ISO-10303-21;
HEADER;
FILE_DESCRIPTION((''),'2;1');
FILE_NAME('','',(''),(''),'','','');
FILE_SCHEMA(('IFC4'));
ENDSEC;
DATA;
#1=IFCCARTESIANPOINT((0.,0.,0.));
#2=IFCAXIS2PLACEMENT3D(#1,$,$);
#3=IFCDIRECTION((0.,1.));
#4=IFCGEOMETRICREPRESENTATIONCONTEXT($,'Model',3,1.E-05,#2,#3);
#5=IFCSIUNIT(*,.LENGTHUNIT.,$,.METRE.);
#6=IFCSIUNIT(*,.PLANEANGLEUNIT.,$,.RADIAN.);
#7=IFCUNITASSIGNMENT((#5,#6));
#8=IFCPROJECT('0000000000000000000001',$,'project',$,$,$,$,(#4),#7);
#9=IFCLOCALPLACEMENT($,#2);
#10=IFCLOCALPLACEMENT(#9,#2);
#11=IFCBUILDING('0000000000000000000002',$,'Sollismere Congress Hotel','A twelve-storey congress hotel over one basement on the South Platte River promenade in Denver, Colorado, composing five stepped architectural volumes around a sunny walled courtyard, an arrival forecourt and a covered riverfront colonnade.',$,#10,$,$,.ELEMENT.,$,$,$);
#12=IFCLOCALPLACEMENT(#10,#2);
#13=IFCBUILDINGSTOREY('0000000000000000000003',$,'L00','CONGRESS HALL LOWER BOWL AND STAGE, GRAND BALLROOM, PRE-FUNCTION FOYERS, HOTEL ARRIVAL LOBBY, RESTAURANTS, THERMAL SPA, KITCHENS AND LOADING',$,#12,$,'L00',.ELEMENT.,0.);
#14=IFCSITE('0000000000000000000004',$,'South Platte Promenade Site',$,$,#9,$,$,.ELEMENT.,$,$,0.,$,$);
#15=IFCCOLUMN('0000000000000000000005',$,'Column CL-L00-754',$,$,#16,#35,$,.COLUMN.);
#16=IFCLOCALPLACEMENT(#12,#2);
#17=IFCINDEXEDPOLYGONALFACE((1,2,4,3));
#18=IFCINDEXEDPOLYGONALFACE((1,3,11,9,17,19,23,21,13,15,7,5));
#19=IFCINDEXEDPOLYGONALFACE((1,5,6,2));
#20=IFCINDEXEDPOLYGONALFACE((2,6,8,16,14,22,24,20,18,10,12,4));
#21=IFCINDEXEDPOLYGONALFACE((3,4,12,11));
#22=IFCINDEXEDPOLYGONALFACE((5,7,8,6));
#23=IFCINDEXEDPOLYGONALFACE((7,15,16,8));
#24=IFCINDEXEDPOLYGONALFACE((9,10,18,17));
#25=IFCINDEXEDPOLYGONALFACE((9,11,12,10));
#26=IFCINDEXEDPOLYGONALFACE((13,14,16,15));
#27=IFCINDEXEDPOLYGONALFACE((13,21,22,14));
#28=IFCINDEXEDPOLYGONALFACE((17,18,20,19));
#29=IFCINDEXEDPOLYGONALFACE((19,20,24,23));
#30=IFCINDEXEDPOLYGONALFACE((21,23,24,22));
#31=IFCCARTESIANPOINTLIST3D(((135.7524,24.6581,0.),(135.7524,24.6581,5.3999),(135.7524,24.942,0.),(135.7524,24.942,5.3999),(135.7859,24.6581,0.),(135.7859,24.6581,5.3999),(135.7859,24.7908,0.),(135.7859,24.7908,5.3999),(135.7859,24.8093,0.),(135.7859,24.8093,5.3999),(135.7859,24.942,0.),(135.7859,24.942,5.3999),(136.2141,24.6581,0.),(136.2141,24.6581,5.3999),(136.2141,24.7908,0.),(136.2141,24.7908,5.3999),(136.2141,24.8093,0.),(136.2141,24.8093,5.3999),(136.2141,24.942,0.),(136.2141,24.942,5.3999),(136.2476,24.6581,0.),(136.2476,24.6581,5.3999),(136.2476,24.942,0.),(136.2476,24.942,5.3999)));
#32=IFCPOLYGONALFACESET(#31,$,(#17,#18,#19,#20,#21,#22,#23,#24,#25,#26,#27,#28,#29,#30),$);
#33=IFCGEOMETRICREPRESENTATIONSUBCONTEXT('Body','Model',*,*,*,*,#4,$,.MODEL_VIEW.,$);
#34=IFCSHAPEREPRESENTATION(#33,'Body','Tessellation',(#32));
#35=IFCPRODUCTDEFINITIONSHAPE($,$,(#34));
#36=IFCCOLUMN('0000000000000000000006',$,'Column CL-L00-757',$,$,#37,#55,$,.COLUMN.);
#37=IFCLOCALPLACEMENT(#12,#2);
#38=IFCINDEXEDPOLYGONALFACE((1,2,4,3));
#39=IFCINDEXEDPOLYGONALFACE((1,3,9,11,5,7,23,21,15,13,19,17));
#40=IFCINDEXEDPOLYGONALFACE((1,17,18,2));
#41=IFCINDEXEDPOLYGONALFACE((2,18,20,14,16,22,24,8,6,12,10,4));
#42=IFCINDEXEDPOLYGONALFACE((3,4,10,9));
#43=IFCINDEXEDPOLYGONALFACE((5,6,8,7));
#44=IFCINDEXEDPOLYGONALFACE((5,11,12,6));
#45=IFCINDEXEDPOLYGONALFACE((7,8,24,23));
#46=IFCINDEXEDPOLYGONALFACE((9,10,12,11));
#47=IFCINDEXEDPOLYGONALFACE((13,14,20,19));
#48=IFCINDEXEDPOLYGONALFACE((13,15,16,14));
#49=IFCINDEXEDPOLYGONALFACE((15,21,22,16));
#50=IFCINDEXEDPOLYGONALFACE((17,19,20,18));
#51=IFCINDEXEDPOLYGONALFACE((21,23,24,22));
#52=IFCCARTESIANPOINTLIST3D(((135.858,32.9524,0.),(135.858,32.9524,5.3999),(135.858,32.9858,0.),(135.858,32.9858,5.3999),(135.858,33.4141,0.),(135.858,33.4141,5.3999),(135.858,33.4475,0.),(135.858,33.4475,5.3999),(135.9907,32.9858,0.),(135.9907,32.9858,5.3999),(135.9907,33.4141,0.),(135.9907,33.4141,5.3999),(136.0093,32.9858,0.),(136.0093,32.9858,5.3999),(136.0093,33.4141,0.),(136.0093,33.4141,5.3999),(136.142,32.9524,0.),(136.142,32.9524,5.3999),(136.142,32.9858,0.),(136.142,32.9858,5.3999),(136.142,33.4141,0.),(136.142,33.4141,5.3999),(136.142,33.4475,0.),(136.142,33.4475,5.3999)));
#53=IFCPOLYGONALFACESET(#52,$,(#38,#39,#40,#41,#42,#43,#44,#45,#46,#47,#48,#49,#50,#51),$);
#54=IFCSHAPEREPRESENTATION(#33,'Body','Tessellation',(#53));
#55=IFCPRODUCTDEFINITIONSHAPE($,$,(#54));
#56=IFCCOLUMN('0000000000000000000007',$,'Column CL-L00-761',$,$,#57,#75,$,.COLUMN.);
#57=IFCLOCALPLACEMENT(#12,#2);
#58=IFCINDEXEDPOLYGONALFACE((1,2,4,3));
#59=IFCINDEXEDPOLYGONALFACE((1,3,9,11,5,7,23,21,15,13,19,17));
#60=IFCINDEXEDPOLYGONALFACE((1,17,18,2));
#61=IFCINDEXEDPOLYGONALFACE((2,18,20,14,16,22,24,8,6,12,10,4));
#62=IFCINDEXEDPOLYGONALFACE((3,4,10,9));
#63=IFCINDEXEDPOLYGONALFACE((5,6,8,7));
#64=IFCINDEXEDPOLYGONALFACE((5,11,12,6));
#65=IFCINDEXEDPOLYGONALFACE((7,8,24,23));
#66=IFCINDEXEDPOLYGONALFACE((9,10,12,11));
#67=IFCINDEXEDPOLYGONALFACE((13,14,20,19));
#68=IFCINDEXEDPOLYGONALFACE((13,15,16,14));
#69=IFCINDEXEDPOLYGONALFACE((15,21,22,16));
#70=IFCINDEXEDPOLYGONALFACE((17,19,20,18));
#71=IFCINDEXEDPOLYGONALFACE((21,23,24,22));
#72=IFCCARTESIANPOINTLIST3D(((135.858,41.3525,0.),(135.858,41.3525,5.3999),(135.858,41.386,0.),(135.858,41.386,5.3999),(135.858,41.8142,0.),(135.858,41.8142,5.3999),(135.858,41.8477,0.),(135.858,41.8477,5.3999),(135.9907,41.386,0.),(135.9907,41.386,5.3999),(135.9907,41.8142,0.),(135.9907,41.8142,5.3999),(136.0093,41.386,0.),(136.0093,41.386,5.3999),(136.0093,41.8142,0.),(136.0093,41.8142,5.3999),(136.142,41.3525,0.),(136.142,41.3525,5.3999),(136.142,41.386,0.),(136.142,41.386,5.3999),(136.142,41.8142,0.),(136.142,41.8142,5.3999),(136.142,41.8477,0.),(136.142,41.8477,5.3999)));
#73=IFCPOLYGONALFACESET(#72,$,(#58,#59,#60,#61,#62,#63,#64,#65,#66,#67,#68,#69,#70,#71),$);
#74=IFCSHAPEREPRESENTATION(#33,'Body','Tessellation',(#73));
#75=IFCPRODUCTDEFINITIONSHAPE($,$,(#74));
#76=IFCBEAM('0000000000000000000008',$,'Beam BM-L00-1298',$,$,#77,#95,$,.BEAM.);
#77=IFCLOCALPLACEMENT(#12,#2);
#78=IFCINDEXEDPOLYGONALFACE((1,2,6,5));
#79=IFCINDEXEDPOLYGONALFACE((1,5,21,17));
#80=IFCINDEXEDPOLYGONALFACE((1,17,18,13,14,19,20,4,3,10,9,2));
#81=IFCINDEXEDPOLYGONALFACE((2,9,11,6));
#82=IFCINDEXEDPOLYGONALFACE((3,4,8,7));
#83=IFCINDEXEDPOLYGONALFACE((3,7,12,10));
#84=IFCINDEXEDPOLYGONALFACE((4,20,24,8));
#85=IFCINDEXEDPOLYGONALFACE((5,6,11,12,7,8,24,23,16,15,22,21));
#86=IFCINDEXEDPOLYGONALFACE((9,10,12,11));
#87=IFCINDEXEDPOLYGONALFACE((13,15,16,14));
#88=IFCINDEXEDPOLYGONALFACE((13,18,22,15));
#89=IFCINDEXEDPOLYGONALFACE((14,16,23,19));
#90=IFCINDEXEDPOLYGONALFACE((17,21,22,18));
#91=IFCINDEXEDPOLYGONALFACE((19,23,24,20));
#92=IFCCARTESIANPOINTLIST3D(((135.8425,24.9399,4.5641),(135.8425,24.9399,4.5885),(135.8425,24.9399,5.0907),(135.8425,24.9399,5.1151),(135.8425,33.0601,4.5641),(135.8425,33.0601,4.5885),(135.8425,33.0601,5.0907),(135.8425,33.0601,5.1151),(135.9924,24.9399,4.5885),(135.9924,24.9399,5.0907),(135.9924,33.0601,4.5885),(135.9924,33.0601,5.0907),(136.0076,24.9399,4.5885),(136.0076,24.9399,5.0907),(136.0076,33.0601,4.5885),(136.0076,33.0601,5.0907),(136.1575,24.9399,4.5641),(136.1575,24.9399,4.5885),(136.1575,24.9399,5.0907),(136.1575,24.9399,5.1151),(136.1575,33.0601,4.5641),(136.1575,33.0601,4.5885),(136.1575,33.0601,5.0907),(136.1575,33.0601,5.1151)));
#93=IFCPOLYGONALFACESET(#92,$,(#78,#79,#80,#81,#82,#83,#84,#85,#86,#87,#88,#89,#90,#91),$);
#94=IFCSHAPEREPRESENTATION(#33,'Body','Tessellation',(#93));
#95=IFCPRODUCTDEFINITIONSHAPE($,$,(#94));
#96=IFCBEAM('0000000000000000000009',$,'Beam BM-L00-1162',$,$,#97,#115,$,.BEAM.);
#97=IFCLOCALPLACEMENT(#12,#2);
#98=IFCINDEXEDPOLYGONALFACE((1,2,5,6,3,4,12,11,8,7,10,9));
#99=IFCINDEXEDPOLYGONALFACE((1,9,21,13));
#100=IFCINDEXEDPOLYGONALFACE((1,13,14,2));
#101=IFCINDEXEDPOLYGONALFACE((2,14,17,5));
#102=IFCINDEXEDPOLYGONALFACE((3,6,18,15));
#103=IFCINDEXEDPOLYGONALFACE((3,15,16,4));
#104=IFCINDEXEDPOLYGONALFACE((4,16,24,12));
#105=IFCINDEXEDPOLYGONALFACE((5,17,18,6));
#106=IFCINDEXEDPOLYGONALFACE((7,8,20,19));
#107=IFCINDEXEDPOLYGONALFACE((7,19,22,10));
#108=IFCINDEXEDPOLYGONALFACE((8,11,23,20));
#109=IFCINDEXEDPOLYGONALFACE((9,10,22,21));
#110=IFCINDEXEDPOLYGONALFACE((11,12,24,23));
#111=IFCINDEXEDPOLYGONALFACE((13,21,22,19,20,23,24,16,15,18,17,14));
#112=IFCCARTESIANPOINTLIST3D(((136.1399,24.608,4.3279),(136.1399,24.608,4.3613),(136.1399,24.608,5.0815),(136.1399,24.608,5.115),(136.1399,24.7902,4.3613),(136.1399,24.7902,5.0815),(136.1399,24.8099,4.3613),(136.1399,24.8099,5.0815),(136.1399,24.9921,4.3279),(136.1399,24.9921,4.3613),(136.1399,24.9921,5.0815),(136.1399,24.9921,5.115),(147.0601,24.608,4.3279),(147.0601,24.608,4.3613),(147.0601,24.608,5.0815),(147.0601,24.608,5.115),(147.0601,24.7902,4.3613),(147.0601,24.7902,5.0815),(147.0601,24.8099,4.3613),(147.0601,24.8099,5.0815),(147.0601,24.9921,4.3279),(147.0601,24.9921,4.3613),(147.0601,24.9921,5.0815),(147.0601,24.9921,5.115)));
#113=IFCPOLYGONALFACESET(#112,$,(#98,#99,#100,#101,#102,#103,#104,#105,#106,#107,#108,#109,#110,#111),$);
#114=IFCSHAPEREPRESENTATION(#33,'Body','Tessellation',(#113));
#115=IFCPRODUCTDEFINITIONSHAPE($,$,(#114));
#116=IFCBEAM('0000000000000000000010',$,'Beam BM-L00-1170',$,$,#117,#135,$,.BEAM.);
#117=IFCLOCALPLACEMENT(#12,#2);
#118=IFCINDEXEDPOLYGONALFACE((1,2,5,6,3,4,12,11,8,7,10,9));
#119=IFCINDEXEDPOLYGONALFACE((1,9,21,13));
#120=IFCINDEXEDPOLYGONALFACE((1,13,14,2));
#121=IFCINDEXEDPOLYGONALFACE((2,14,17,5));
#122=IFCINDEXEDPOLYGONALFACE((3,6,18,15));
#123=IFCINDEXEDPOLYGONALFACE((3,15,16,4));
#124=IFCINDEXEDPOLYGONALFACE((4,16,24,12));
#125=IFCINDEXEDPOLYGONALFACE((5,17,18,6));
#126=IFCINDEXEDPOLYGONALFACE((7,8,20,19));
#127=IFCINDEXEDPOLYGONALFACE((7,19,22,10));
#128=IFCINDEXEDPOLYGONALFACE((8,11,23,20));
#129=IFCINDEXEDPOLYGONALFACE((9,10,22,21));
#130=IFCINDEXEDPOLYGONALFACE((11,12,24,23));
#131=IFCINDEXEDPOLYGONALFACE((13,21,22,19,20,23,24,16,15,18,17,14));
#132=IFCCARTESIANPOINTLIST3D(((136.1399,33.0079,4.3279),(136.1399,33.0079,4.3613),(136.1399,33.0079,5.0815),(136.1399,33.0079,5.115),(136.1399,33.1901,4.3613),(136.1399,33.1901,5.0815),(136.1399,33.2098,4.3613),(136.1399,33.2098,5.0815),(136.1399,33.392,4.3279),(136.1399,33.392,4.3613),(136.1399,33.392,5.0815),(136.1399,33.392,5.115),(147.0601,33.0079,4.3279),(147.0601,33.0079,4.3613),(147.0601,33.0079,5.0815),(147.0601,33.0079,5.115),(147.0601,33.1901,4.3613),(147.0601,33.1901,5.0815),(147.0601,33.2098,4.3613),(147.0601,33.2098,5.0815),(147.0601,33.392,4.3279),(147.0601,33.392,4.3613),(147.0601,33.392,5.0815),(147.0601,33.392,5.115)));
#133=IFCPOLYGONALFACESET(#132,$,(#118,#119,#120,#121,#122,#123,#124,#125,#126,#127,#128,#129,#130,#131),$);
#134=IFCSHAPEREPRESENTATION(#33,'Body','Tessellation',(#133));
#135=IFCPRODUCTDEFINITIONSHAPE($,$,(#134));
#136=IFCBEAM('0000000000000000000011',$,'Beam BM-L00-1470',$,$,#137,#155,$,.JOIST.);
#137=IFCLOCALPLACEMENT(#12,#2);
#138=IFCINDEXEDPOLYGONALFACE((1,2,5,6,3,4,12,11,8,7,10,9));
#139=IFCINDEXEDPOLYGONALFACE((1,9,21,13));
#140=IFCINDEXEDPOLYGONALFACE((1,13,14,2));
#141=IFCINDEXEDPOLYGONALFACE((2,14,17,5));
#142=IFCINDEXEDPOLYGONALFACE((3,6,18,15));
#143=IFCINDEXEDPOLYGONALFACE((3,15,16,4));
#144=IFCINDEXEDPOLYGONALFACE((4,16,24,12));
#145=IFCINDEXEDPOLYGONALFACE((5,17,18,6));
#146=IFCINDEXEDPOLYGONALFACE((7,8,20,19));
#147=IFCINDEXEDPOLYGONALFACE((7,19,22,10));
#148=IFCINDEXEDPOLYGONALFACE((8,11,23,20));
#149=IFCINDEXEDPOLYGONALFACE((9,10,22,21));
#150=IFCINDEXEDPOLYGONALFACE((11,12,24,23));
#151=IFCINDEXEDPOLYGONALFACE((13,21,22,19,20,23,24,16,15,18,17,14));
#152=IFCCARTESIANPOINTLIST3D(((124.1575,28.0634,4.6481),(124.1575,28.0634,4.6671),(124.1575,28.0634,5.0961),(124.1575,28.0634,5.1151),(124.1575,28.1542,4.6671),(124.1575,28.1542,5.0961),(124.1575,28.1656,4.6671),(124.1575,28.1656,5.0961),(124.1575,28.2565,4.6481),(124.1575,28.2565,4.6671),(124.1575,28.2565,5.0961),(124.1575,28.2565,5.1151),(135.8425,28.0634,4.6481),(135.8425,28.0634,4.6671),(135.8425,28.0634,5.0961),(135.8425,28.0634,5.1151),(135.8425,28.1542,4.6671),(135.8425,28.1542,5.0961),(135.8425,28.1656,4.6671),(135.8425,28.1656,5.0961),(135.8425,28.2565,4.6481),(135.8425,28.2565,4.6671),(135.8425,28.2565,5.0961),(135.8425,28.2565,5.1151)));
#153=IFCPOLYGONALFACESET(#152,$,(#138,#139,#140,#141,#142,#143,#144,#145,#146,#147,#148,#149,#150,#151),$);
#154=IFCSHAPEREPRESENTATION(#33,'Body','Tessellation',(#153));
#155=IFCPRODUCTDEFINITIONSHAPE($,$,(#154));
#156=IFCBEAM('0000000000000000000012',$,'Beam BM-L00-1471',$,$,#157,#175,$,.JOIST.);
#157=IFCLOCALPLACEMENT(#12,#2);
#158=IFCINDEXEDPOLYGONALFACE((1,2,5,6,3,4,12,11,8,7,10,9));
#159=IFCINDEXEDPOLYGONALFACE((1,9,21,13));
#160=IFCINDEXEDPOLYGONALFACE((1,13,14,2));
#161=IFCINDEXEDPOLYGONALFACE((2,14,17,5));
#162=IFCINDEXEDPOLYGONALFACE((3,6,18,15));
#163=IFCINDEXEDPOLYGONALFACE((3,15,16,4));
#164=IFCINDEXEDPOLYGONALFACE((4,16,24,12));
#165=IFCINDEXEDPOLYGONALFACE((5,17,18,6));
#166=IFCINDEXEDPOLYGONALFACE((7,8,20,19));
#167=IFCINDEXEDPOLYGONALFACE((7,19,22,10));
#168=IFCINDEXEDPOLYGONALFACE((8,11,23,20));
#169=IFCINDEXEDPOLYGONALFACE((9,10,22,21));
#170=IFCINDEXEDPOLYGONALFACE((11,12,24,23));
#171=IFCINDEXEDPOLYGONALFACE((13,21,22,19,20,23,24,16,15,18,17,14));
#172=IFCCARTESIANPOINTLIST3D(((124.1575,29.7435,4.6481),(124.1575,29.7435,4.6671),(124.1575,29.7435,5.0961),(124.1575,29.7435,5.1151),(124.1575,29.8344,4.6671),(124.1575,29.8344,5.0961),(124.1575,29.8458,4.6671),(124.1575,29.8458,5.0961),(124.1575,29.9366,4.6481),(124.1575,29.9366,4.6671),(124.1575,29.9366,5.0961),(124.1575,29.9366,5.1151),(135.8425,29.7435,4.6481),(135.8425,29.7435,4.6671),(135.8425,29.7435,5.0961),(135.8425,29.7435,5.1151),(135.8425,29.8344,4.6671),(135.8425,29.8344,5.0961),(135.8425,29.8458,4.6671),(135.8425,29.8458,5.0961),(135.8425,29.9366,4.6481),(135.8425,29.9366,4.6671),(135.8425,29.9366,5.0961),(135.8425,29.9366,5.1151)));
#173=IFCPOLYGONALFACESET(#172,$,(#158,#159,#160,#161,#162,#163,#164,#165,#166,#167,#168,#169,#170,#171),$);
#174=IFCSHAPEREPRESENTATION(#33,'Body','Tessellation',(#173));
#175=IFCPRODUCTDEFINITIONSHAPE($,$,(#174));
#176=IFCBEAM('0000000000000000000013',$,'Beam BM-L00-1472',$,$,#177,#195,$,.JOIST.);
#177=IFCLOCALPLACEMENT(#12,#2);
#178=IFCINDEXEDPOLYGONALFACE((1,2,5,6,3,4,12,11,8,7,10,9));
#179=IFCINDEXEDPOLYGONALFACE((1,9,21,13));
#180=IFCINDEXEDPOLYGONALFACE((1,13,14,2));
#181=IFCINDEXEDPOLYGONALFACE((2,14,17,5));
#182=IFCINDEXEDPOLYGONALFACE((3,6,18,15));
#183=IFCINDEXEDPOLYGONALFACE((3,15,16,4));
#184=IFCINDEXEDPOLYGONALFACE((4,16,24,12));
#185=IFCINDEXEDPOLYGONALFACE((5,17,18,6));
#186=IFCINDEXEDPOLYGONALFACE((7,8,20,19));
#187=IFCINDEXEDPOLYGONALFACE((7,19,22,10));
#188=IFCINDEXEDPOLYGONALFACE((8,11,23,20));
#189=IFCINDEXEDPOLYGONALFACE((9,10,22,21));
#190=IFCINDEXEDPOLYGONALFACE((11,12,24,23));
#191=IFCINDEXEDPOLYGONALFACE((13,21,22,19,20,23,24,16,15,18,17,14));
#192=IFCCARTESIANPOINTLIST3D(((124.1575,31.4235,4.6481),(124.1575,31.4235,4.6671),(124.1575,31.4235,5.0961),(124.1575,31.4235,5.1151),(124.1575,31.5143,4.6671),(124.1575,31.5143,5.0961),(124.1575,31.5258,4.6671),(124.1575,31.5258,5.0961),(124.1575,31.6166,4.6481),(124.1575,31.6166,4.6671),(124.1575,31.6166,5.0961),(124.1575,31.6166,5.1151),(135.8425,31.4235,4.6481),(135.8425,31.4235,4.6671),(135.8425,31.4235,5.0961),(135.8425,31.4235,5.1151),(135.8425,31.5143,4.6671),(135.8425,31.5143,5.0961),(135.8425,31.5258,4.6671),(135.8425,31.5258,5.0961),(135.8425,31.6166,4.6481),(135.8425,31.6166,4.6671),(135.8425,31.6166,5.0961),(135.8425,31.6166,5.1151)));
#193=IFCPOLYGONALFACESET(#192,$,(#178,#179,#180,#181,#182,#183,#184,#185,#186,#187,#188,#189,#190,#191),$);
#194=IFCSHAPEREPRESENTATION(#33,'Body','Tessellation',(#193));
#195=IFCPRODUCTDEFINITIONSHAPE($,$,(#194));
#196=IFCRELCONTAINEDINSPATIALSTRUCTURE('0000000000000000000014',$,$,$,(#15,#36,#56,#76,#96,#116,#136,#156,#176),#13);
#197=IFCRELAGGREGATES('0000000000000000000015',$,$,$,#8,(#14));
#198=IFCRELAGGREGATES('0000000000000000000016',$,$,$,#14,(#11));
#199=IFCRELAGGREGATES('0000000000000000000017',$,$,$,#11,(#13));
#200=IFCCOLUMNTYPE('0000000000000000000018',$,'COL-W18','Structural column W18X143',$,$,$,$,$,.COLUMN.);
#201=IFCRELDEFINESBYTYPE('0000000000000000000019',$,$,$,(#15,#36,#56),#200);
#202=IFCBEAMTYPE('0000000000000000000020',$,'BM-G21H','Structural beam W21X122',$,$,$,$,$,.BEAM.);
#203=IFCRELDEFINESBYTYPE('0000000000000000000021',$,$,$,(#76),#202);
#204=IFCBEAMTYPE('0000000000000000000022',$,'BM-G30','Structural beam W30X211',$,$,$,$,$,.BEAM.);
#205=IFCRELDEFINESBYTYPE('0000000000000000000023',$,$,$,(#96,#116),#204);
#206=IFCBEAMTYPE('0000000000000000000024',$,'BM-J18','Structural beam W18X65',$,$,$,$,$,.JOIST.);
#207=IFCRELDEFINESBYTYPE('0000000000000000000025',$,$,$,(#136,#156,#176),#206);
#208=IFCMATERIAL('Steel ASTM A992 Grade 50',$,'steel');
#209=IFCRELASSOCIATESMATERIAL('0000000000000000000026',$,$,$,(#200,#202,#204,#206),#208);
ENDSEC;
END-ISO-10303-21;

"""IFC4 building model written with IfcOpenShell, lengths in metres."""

from ifc_helpers import new_model, si_unit, direction, frame, origin, origin_2d, place, context, subcontext, project, spatial, i_section, extrude, material, material_profile, profile_set, type_object, element, save


model = new_model("IFC4")

# Units and contexts
model_context = context("Model", 3, precision=1e-05, world=origin(), true_north=direction((0.0, 1.0)))
body_context = subcontext(model_context, "Body", "Model", "MODEL_VIEW")
ifc_project = project(units=[si_unit("LENGTHUNIT", "METRE"), si_unit("PLANEANGLEUNIT", "RADIAN")], contexts=[model_context])

# Site, building, storey
site_placement = place(None, origin())
site = spatial("IfcSite", under=ifc_project, at=site_placement, Name="South Platte Promenade Site", CompositionType="ELEMENT", RefElevation=0.0)
building_placement = place(site_placement, origin())
building = spatial("IfcBuilding", under=site, at=building_placement, Name="Sollismere Congress Hotel", Description="A twelve-storey congress hotel over one basement on the South Platte River promenade in Denver, Colorado, composing five stepped architectural volumes around a sunny walled courtyard, an arrival forecourt and a covered riverfront colonnade.", CompositionType="ELEMENT")
storey_placement = place(building_placement, origin())
storey = spatial("IfcBuildingStorey", under=building, at=storey_placement, Name="L00", Description="CONGRESS HALL LOWER BOWL AND STAGE, GRAND BALLROOM, PRE-FUNCTION FOYERS, HOTEL ARRIVAL LOBBY, RESTAURANTS, THERMAL SPA, KITCHENS AND LOADING", LongName="L00", CompositionType="ELEMENT", Elevation=0.0)

# Columns
ifc_material_1 = material(Name="Steel ASTM A992 Grade 50", Category="steel")
ifc_material_profile_1 = material_profile(ifc_material_1, i_section(OverallWidth=0.2839, OverallDepth=0.4951, WebThickness=0.0186, FlangeThickness=0.0334, at=origin_2d()), Name="W18X143")
ifc_profile_set_1 = profile_set([ifc_material_profile_1], Name="Steel ASTM A992 Grade 50")
column_type = type_object("IfcColumnType", Name="COL-W18", Description="Structural column W18X143", PredefinedType="COLUMN", material=ifc_profile_set_1)
for number, where, z_axis, x_axis, name in (
    (1, (136.0, 24.8, 0.0), (0.0, 0.0, 1.0), (0.0, 1.0, 0.0), "Column CL-L00-754"),
    (2, (136.0, 33.2, 0.0), (0.0, 0.0, 1.0), (1.0, 0.0, 0.0), "Column CL-L00-757"),
    (3, (136.0, 41.6001, 0.0), (0.0, 0.0, 1.0), (1.0, 0.0, 0.0), "Column CL-L00-761"),
):
    element("IfcColumn", number, at=place(storey_placement, frame(where, z_axis=z_axis, x_axis=x_axis)), inside=storey, type_object=column_type, Name=name, PredefinedType="COLUMN", context=body_context, shape_type="SweptSolid", body=[
        extrude(i_section(OverallWidth=0.2839, OverallDepth=0.4951, WebThickness=0.0186, FlangeThickness=0.0334, at=origin_2d()), origin(), (0.0, 0.0, 1.0), 5.3999),
    ])

# Beams
ifc_material_profile_2 = material_profile(ifc_material_1, i_section(OverallWidth=0.3149, OverallDepth=0.551, WebThickness=0.0151, FlangeThickness=0.0244, at=origin_2d()), Name="W21X122")
ifc_profile_set_2 = profile_set([ifc_material_profile_2], Name="Steel ASTM A992 Grade 50")
beam_type_1 = type_object("IfcBeamType", Name="BM-G21H", Description="Structural beam W21X122", PredefinedType="BEAM", material=ifc_profile_set_2)
beam_placement = place(storey_placement, frame((136.0, 24.9399, 4.8396), z_axis=(0.0, 1.0, 0.0), x_axis=(-1.0, 0.0, 0.0)))
element("IfcBeam", 4, at=beam_placement, inside=storey, type_object=beam_type_1, Name="Beam BM-L00-1298", PredefinedType="BEAM", context=body_context, shape_type="SweptSolid", body=[
    extrude(i_section(OverallWidth=0.3149, OverallDepth=0.551, WebThickness=0.0151, FlangeThickness=0.0244, at=origin_2d()), origin(), (0.0, 0.0, 1.0), 8.1201),
])
ifc_material_profile_3 = material_profile(ifc_material_1, i_section(OverallWidth=0.384, OverallDepth=0.7871, WebThickness=0.0198, FlangeThickness=0.0334, at=origin_2d()), Name="W30X211")
ifc_profile_set_3 = profile_set([ifc_material_profile_3], Name="Steel ASTM A992 Grade 50")
beam_type_2 = type_object("IfcBeamType", Name="BM-G30", Description="Structural beam W30X211", PredefinedType="BEAM", material=ifc_profile_set_3)
for number, where, z_axis, x_axis, name in (
    (5, (136.1399, 24.8, 4.7214), (1.0, 0.0, 0.0), (0.0, 1.0, 0.0), "Beam BM-L00-1162"),
    (6, (136.1399, 33.2, 4.7214), (1.0, 0.0, 0.0), (0.0, 1.0, 0.0), "Beam BM-L00-1170"),
):
    element("IfcBeam", number, at=place(storey_placement, frame(where, z_axis=z_axis, x_axis=x_axis)), inside=storey, type_object=beam_type_2, Name=name, PredefinedType="BEAM", context=body_context, shape_type="SweptSolid", body=[
        extrude(i_section(OverallWidth=0.384, OverallDepth=0.7871, WebThickness=0.0198, FlangeThickness=0.0334, at=origin_2d()), origin(), (0.0, 0.0, 1.0), 10.9202),
    ])
ifc_material_profile_4 = material_profile(ifc_material_1, i_section(OverallWidth=0.1931, OverallDepth=0.467, WebThickness=0.0115, FlangeThickness=0.019, at=origin_2d()), Name="W18X65")
ifc_profile_set_4 = profile_set([ifc_material_profile_4], Name="Steel ASTM A992 Grade 50")
beam_type_3 = type_object("IfcBeamType", Name="BM-J18", Description="Structural beam W18X65", PredefinedType="JOIST", material=ifc_profile_set_4)
for number, where, z_axis, x_axis, name in (
    (7, (124.1575, 28.1599, 4.8816), (1.0, 0.0, 0.0), (0.0, 1.0, 0.0), "Beam BM-L00-1470"),
    (8, (124.1575, 29.8401, 4.8816), (1.0, 0.0, 0.0), (0.0, 1.0, 0.0), "Beam BM-L00-1471"),
    (9, (124.1575, 31.52, 4.8816), (1.0, 0.0, 0.0), (0.0, 1.0, 0.0), "Beam BM-L00-1472"),
):
    element("IfcBeam", number, at=place(storey_placement, frame(where, z_axis=z_axis, x_axis=x_axis)), inside=storey, type_object=beam_type_3, Name=name, PredefinedType="JOIST", context=body_context, shape_type="SweptSolid", body=[
        extrude(i_section(OverallWidth=0.1931, OverallDepth=0.467, WebThickness=0.0115, FlangeThickness=0.019, at=origin_2d()), origin(), (0.0, 0.0, 1.0), 11.6851),
    ])

save(model, "model.ifc")
